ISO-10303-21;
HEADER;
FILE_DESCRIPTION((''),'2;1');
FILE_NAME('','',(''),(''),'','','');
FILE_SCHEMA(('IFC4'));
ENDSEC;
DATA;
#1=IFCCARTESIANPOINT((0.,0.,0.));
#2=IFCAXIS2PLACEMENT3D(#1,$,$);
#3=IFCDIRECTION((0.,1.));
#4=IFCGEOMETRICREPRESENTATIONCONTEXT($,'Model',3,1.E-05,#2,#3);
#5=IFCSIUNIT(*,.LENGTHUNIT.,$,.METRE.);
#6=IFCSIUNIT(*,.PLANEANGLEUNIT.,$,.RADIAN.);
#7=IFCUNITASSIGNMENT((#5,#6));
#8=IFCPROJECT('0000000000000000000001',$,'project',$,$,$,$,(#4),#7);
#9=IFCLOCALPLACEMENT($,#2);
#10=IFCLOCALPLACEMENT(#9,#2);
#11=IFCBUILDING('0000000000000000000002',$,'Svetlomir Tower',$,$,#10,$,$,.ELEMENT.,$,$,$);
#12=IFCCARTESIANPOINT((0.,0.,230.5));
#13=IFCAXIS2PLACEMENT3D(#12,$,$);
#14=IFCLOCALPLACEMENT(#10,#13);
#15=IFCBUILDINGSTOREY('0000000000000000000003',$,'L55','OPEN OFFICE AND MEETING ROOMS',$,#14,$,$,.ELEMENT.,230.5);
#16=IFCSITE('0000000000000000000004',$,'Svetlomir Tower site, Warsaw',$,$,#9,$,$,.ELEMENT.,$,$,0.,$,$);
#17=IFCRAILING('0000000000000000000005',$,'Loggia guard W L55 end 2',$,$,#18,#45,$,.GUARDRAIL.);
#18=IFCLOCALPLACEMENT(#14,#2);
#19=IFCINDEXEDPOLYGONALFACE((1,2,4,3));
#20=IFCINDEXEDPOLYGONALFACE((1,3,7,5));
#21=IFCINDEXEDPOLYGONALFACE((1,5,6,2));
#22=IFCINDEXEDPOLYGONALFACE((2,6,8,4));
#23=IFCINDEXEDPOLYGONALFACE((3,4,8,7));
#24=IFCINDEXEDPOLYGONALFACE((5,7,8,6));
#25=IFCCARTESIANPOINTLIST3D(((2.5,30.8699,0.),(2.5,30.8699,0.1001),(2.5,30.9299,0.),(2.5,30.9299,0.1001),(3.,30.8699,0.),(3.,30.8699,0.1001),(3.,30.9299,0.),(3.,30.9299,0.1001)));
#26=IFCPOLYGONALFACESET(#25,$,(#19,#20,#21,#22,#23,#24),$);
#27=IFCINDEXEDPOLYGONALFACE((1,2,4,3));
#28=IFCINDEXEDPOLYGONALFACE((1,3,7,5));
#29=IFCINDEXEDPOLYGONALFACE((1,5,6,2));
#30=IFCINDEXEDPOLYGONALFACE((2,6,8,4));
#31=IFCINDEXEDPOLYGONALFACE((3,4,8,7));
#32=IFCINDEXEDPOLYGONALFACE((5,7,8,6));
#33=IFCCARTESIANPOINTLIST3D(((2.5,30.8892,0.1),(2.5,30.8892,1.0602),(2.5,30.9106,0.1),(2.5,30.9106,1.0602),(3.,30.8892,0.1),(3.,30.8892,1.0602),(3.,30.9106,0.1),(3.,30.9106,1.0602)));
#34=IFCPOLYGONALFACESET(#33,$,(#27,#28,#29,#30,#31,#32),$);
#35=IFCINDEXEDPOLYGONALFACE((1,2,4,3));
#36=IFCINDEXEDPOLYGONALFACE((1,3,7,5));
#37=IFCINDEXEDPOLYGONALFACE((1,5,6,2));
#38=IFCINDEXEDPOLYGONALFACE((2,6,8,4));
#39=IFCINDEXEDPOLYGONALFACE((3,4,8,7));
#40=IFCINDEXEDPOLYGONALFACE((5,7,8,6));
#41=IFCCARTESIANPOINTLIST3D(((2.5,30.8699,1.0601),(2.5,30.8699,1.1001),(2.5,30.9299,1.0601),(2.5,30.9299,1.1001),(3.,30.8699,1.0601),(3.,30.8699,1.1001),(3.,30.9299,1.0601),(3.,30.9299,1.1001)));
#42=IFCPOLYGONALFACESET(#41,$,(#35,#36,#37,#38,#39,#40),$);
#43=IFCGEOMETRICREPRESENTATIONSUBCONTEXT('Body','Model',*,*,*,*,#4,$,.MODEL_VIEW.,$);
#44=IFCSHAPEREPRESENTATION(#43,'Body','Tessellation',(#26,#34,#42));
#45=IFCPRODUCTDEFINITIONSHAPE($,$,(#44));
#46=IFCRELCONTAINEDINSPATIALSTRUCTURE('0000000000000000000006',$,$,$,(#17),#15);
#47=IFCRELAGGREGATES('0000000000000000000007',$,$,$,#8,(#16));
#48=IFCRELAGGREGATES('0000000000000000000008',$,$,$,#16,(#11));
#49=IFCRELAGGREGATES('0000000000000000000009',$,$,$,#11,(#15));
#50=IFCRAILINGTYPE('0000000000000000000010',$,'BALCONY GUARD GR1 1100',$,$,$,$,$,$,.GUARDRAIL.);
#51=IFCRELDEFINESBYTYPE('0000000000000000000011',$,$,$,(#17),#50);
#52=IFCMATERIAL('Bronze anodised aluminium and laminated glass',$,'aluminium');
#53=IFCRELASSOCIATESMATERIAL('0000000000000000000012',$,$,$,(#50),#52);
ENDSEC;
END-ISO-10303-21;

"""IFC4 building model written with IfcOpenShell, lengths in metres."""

from ifc_helpers import new_model, si_unit, direction, frame, origin, origin_2d, place, context, subcontext, project, spatial, rectangle, extrude, material, type_object, element, save


model = new_model("IFC4")

# Units and contexts
model_context = context("Model", 3, precision=1e-05, world=origin(), true_north=direction((0.0, 1.0)))
body_context = subcontext(model_context, "Body", "Model", "MODEL_VIEW")
ifc_project = project(units=[si_unit("LENGTHUNIT", "METRE"), si_unit("PLANEANGLEUNIT", "RADIAN")], contexts=[model_context])

# Site, building, storey
site_placement = place(None, origin())
site = spatial("IfcSite", under=ifc_project, at=site_placement, Name="Svetlomir Tower site, Warsaw", CompositionType="ELEMENT", RefElevation=0.0)
building_placement = place(site_placement, origin())
building = spatial("IfcBuilding", under=site, at=building_placement, Name="Svetlomir Tower", CompositionType="ELEMENT")
storey_placement = place(building_placement, frame((0.0, 0.0, 230.5)))
storey = spatial("IfcBuildingStorey", under=building, at=storey_placement, Name="L55", Description="OPEN OFFICE AND MEETING ROOMS", CompositionType="ELEMENT", Elevation=230.5)

# Railing
ifc_material_1 = material(Name="Bronze anodised aluminium and laminated glass", Category="aluminium")
railing_type = type_object("IfcRailingType", Name="BALCONY GUARD GR1 1100", PredefinedType="GUARDRAIL", material=ifc_material_1)
railing_placement = place(storey_placement, frame((2.5, 30.8999, 0.0)))
element("IfcRailing", 1, at=railing_placement, inside=storey, type_object=railing_type, Name="Loggia guard W L55 end 2", PredefinedType="GUARDRAIL", context=body_context, shape_type="SweptSolid", body=[
    extrude(rectangle(XDim=0.0601, YDim=0.1001, at=origin_2d()), frame((0.0, 0.0, 0.05), z_axis=(1.0, 0.0, 0.0), x_axis=(0.0, 1.0, 0.0)), (0.0, 0.0, 1.0), 0.5),
    extrude(rectangle(XDim=0.0215, YDim=0.9602, at=origin_2d()), frame((0.0, 0.0, 0.5801), z_axis=(1.0, 0.0, 0.0), x_axis=(0.0, 1.0, 0.0)), (0.0, 0.0, 1.0), 0.5),
    extrude(rectangle(XDim=0.0601, YDim=0.04, at=origin_2d()), frame((0.0, 0.0, 1.0801), z_axis=(1.0, 0.0, 0.0), x_axis=(0.0, 1.0, 0.0)), (0.0, 0.0, 1.0), 0.5),
])

save(model, "model.ifc")
